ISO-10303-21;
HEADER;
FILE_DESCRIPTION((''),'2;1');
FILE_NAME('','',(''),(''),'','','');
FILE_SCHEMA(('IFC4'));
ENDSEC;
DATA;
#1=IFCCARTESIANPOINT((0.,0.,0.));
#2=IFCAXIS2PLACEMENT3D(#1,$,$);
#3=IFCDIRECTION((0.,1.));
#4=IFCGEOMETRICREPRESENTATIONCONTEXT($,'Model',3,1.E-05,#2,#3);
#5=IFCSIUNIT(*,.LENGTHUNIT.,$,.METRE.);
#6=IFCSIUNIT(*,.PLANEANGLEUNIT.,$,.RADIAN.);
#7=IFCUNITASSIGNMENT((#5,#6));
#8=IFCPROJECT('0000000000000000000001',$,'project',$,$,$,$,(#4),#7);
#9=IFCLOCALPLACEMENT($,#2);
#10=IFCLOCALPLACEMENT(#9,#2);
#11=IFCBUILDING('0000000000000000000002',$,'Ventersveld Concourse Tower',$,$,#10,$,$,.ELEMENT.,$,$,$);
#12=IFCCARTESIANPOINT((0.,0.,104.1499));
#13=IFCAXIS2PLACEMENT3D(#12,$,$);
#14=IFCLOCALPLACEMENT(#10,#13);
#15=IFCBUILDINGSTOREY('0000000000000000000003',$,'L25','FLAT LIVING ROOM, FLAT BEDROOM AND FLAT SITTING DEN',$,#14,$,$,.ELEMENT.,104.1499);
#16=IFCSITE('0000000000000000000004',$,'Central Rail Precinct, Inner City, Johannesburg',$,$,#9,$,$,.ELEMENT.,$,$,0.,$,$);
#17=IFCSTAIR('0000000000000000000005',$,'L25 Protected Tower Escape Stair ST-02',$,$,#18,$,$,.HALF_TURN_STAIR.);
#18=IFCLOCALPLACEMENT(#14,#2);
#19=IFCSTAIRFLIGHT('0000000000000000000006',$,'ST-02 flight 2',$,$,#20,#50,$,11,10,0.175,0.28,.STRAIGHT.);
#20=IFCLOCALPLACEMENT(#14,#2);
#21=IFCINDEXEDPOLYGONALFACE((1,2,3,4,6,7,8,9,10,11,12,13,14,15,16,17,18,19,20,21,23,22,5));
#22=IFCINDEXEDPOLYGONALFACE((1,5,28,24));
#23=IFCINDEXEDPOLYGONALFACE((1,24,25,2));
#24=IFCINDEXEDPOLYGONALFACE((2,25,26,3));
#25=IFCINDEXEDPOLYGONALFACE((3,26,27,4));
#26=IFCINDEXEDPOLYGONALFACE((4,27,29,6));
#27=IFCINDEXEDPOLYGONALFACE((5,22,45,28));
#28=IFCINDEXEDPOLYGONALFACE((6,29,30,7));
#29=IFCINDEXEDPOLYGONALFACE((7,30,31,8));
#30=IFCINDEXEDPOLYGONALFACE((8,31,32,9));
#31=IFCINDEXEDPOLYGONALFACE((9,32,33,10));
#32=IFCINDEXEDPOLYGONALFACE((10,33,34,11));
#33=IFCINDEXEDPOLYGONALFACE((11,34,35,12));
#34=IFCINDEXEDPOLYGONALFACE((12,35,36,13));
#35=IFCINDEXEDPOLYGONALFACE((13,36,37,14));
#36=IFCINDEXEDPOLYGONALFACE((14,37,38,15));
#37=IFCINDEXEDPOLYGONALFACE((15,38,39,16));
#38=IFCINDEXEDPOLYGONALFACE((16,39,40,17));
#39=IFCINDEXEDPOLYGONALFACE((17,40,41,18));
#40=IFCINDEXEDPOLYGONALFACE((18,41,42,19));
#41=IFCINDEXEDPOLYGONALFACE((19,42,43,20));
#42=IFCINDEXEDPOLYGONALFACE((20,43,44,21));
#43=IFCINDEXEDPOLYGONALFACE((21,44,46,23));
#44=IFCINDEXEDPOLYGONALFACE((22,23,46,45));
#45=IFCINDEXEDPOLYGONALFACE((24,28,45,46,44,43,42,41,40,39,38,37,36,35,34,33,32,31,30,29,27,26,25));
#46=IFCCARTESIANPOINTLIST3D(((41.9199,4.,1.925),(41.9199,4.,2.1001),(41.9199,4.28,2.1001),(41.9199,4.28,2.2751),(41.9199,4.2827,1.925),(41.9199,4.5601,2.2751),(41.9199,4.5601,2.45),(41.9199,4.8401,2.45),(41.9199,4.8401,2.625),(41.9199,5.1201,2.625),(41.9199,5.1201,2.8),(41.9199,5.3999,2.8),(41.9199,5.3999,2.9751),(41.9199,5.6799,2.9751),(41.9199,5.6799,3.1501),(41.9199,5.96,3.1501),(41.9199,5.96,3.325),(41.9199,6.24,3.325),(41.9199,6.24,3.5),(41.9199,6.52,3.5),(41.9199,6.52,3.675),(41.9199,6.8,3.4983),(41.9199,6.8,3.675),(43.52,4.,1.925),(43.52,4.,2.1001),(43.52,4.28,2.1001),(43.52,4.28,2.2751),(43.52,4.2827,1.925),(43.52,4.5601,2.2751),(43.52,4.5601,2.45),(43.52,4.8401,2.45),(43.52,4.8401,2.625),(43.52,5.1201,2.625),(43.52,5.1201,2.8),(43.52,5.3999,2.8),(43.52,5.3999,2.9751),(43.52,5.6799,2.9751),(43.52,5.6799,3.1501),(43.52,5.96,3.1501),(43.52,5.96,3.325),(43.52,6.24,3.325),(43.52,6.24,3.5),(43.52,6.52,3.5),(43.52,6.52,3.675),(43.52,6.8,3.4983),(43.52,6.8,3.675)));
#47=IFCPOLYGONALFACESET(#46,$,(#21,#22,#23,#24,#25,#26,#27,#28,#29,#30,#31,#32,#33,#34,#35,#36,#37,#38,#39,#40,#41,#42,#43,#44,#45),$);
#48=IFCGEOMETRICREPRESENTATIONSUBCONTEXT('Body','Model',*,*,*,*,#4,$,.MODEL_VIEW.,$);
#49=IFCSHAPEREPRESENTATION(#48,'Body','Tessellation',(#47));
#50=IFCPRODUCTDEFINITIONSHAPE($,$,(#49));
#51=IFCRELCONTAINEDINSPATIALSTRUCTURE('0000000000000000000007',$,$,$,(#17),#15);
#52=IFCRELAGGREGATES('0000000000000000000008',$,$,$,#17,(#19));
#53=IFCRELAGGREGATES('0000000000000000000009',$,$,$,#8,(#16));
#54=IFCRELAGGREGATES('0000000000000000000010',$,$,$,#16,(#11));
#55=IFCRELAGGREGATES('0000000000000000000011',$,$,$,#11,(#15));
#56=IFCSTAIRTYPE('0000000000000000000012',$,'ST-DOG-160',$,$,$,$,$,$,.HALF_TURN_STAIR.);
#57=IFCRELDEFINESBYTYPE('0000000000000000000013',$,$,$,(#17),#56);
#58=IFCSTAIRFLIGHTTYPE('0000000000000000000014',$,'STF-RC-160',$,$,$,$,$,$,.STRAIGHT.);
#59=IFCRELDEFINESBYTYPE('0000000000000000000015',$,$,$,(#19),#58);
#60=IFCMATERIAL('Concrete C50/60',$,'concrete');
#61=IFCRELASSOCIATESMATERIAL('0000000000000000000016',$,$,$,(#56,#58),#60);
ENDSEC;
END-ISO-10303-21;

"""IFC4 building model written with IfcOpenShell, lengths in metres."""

from ifc_helpers import new_model, si_unit, direction, frame, origin, place, context, subcontext, project, spatial, polyline, outline, extrude, material, type_object, element, aggregate, save


model = new_model("IFC4")

# Units and contexts
model_context = context("Model", 3, precision=1e-05, world=origin(), true_north=direction((0.0, 1.0)))
body_context = subcontext(model_context, "Body", "Model", "MODEL_VIEW")
ifc_project = project(units=[si_unit("LENGTHUNIT", "METRE"), si_unit("PLANEANGLEUNIT", "RADIAN")], contexts=[model_context])

# Site, building, storey
site_placement = place(None, origin())
site = spatial("IfcSite", under=ifc_project, at=site_placement, Name="Central Rail Precinct, Inner City, Johannesburg", CompositionType="ELEMENT", RefElevation=0.0)
building_placement = place(site_placement, origin())
building = spatial("IfcBuilding", under=site, at=building_placement, Name="Ventersveld Concourse Tower", CompositionType="ELEMENT")
storey_placement = place(building_placement, frame((0.0, 0.0, 104.1499)))
storey = spatial("IfcBuildingStorey", under=building, at=storey_placement, Name="L25", Description="FLAT LIVING ROOM, FLAT BEDROOM AND FLAT SITTING DEN", CompositionType="ELEMENT", Elevation=104.1499)

# Stair, stair flight
ifc_material_1 = material(Name="Concrete C50/60", Category="concrete")
stair_type = type_object("IfcStairType", Name="ST-DOG-160", PredefinedType="HALF_TURN_STAIR", material=ifc_material_1)
stair_placement = place(storey_placement, origin())
stair = element("IfcStair", 1, at=stair_placement, inside=storey, type_object=stair_type, Name="L25 Protected Tower Escape Stair ST-02", PredefinedType="HALF_TURN_STAIR")
stair_flight_type = type_object("IfcStairFlightType", Name="STF-RC-160", PredefinedType="STRAIGHT", material=ifc_material_1)
stair_flight_1_placement = place(storey_placement, frame((42.72, 4.0, 1.925), z_axis=(0.0, 0.0, 1.0), x_axis=(0.0, 1.0, 0.0)))
stair_flight_1 = element("IfcStairFlight", 2, at=stair_flight_1_placement, type_object=stair_flight_type, Name="ST-02 flight 2", NumberOfRisers=11, NumberOfTreads=10, PredefinedType="STRAIGHT", RiserHeight=0.175, TreadLength=0.28, context=body_context, shape_type="SweptSolid", body=[
    extrude(outline(polyline([(0.0, 0.0), (0.0, 0.175), (0.28, 0.175), (0.28, 0.3501), (0.5601, 0.3501), (0.5601, 0.5249), (0.8401, 0.5249), (0.8401, 0.7), (1.1201, 0.7), (1.1201, 0.875), (1.3999, 0.875), (1.3999, 1.05), (1.6799, 1.05), (1.6799, 1.2251), (1.96, 1.2251), (1.96, 1.3999), (2.24, 1.3999), (2.24, 1.575), (2.52, 1.575), (2.52, 1.75), (2.8, 1.75), (2.8, 1.925), (2.8, 1.5732), (0.2827, 0.0), (0.0, 0.0)])), frame((0.0, 0.8, 0.0), z_axis=(0.0, -1.0, 0.0), x_axis=(1.0, 0.0, 0.0)), (0.0, 0.0, 1.0), 1.6001),
])
aggregate(stair, [stair_flight_1])

save(model, "model.ifc")
